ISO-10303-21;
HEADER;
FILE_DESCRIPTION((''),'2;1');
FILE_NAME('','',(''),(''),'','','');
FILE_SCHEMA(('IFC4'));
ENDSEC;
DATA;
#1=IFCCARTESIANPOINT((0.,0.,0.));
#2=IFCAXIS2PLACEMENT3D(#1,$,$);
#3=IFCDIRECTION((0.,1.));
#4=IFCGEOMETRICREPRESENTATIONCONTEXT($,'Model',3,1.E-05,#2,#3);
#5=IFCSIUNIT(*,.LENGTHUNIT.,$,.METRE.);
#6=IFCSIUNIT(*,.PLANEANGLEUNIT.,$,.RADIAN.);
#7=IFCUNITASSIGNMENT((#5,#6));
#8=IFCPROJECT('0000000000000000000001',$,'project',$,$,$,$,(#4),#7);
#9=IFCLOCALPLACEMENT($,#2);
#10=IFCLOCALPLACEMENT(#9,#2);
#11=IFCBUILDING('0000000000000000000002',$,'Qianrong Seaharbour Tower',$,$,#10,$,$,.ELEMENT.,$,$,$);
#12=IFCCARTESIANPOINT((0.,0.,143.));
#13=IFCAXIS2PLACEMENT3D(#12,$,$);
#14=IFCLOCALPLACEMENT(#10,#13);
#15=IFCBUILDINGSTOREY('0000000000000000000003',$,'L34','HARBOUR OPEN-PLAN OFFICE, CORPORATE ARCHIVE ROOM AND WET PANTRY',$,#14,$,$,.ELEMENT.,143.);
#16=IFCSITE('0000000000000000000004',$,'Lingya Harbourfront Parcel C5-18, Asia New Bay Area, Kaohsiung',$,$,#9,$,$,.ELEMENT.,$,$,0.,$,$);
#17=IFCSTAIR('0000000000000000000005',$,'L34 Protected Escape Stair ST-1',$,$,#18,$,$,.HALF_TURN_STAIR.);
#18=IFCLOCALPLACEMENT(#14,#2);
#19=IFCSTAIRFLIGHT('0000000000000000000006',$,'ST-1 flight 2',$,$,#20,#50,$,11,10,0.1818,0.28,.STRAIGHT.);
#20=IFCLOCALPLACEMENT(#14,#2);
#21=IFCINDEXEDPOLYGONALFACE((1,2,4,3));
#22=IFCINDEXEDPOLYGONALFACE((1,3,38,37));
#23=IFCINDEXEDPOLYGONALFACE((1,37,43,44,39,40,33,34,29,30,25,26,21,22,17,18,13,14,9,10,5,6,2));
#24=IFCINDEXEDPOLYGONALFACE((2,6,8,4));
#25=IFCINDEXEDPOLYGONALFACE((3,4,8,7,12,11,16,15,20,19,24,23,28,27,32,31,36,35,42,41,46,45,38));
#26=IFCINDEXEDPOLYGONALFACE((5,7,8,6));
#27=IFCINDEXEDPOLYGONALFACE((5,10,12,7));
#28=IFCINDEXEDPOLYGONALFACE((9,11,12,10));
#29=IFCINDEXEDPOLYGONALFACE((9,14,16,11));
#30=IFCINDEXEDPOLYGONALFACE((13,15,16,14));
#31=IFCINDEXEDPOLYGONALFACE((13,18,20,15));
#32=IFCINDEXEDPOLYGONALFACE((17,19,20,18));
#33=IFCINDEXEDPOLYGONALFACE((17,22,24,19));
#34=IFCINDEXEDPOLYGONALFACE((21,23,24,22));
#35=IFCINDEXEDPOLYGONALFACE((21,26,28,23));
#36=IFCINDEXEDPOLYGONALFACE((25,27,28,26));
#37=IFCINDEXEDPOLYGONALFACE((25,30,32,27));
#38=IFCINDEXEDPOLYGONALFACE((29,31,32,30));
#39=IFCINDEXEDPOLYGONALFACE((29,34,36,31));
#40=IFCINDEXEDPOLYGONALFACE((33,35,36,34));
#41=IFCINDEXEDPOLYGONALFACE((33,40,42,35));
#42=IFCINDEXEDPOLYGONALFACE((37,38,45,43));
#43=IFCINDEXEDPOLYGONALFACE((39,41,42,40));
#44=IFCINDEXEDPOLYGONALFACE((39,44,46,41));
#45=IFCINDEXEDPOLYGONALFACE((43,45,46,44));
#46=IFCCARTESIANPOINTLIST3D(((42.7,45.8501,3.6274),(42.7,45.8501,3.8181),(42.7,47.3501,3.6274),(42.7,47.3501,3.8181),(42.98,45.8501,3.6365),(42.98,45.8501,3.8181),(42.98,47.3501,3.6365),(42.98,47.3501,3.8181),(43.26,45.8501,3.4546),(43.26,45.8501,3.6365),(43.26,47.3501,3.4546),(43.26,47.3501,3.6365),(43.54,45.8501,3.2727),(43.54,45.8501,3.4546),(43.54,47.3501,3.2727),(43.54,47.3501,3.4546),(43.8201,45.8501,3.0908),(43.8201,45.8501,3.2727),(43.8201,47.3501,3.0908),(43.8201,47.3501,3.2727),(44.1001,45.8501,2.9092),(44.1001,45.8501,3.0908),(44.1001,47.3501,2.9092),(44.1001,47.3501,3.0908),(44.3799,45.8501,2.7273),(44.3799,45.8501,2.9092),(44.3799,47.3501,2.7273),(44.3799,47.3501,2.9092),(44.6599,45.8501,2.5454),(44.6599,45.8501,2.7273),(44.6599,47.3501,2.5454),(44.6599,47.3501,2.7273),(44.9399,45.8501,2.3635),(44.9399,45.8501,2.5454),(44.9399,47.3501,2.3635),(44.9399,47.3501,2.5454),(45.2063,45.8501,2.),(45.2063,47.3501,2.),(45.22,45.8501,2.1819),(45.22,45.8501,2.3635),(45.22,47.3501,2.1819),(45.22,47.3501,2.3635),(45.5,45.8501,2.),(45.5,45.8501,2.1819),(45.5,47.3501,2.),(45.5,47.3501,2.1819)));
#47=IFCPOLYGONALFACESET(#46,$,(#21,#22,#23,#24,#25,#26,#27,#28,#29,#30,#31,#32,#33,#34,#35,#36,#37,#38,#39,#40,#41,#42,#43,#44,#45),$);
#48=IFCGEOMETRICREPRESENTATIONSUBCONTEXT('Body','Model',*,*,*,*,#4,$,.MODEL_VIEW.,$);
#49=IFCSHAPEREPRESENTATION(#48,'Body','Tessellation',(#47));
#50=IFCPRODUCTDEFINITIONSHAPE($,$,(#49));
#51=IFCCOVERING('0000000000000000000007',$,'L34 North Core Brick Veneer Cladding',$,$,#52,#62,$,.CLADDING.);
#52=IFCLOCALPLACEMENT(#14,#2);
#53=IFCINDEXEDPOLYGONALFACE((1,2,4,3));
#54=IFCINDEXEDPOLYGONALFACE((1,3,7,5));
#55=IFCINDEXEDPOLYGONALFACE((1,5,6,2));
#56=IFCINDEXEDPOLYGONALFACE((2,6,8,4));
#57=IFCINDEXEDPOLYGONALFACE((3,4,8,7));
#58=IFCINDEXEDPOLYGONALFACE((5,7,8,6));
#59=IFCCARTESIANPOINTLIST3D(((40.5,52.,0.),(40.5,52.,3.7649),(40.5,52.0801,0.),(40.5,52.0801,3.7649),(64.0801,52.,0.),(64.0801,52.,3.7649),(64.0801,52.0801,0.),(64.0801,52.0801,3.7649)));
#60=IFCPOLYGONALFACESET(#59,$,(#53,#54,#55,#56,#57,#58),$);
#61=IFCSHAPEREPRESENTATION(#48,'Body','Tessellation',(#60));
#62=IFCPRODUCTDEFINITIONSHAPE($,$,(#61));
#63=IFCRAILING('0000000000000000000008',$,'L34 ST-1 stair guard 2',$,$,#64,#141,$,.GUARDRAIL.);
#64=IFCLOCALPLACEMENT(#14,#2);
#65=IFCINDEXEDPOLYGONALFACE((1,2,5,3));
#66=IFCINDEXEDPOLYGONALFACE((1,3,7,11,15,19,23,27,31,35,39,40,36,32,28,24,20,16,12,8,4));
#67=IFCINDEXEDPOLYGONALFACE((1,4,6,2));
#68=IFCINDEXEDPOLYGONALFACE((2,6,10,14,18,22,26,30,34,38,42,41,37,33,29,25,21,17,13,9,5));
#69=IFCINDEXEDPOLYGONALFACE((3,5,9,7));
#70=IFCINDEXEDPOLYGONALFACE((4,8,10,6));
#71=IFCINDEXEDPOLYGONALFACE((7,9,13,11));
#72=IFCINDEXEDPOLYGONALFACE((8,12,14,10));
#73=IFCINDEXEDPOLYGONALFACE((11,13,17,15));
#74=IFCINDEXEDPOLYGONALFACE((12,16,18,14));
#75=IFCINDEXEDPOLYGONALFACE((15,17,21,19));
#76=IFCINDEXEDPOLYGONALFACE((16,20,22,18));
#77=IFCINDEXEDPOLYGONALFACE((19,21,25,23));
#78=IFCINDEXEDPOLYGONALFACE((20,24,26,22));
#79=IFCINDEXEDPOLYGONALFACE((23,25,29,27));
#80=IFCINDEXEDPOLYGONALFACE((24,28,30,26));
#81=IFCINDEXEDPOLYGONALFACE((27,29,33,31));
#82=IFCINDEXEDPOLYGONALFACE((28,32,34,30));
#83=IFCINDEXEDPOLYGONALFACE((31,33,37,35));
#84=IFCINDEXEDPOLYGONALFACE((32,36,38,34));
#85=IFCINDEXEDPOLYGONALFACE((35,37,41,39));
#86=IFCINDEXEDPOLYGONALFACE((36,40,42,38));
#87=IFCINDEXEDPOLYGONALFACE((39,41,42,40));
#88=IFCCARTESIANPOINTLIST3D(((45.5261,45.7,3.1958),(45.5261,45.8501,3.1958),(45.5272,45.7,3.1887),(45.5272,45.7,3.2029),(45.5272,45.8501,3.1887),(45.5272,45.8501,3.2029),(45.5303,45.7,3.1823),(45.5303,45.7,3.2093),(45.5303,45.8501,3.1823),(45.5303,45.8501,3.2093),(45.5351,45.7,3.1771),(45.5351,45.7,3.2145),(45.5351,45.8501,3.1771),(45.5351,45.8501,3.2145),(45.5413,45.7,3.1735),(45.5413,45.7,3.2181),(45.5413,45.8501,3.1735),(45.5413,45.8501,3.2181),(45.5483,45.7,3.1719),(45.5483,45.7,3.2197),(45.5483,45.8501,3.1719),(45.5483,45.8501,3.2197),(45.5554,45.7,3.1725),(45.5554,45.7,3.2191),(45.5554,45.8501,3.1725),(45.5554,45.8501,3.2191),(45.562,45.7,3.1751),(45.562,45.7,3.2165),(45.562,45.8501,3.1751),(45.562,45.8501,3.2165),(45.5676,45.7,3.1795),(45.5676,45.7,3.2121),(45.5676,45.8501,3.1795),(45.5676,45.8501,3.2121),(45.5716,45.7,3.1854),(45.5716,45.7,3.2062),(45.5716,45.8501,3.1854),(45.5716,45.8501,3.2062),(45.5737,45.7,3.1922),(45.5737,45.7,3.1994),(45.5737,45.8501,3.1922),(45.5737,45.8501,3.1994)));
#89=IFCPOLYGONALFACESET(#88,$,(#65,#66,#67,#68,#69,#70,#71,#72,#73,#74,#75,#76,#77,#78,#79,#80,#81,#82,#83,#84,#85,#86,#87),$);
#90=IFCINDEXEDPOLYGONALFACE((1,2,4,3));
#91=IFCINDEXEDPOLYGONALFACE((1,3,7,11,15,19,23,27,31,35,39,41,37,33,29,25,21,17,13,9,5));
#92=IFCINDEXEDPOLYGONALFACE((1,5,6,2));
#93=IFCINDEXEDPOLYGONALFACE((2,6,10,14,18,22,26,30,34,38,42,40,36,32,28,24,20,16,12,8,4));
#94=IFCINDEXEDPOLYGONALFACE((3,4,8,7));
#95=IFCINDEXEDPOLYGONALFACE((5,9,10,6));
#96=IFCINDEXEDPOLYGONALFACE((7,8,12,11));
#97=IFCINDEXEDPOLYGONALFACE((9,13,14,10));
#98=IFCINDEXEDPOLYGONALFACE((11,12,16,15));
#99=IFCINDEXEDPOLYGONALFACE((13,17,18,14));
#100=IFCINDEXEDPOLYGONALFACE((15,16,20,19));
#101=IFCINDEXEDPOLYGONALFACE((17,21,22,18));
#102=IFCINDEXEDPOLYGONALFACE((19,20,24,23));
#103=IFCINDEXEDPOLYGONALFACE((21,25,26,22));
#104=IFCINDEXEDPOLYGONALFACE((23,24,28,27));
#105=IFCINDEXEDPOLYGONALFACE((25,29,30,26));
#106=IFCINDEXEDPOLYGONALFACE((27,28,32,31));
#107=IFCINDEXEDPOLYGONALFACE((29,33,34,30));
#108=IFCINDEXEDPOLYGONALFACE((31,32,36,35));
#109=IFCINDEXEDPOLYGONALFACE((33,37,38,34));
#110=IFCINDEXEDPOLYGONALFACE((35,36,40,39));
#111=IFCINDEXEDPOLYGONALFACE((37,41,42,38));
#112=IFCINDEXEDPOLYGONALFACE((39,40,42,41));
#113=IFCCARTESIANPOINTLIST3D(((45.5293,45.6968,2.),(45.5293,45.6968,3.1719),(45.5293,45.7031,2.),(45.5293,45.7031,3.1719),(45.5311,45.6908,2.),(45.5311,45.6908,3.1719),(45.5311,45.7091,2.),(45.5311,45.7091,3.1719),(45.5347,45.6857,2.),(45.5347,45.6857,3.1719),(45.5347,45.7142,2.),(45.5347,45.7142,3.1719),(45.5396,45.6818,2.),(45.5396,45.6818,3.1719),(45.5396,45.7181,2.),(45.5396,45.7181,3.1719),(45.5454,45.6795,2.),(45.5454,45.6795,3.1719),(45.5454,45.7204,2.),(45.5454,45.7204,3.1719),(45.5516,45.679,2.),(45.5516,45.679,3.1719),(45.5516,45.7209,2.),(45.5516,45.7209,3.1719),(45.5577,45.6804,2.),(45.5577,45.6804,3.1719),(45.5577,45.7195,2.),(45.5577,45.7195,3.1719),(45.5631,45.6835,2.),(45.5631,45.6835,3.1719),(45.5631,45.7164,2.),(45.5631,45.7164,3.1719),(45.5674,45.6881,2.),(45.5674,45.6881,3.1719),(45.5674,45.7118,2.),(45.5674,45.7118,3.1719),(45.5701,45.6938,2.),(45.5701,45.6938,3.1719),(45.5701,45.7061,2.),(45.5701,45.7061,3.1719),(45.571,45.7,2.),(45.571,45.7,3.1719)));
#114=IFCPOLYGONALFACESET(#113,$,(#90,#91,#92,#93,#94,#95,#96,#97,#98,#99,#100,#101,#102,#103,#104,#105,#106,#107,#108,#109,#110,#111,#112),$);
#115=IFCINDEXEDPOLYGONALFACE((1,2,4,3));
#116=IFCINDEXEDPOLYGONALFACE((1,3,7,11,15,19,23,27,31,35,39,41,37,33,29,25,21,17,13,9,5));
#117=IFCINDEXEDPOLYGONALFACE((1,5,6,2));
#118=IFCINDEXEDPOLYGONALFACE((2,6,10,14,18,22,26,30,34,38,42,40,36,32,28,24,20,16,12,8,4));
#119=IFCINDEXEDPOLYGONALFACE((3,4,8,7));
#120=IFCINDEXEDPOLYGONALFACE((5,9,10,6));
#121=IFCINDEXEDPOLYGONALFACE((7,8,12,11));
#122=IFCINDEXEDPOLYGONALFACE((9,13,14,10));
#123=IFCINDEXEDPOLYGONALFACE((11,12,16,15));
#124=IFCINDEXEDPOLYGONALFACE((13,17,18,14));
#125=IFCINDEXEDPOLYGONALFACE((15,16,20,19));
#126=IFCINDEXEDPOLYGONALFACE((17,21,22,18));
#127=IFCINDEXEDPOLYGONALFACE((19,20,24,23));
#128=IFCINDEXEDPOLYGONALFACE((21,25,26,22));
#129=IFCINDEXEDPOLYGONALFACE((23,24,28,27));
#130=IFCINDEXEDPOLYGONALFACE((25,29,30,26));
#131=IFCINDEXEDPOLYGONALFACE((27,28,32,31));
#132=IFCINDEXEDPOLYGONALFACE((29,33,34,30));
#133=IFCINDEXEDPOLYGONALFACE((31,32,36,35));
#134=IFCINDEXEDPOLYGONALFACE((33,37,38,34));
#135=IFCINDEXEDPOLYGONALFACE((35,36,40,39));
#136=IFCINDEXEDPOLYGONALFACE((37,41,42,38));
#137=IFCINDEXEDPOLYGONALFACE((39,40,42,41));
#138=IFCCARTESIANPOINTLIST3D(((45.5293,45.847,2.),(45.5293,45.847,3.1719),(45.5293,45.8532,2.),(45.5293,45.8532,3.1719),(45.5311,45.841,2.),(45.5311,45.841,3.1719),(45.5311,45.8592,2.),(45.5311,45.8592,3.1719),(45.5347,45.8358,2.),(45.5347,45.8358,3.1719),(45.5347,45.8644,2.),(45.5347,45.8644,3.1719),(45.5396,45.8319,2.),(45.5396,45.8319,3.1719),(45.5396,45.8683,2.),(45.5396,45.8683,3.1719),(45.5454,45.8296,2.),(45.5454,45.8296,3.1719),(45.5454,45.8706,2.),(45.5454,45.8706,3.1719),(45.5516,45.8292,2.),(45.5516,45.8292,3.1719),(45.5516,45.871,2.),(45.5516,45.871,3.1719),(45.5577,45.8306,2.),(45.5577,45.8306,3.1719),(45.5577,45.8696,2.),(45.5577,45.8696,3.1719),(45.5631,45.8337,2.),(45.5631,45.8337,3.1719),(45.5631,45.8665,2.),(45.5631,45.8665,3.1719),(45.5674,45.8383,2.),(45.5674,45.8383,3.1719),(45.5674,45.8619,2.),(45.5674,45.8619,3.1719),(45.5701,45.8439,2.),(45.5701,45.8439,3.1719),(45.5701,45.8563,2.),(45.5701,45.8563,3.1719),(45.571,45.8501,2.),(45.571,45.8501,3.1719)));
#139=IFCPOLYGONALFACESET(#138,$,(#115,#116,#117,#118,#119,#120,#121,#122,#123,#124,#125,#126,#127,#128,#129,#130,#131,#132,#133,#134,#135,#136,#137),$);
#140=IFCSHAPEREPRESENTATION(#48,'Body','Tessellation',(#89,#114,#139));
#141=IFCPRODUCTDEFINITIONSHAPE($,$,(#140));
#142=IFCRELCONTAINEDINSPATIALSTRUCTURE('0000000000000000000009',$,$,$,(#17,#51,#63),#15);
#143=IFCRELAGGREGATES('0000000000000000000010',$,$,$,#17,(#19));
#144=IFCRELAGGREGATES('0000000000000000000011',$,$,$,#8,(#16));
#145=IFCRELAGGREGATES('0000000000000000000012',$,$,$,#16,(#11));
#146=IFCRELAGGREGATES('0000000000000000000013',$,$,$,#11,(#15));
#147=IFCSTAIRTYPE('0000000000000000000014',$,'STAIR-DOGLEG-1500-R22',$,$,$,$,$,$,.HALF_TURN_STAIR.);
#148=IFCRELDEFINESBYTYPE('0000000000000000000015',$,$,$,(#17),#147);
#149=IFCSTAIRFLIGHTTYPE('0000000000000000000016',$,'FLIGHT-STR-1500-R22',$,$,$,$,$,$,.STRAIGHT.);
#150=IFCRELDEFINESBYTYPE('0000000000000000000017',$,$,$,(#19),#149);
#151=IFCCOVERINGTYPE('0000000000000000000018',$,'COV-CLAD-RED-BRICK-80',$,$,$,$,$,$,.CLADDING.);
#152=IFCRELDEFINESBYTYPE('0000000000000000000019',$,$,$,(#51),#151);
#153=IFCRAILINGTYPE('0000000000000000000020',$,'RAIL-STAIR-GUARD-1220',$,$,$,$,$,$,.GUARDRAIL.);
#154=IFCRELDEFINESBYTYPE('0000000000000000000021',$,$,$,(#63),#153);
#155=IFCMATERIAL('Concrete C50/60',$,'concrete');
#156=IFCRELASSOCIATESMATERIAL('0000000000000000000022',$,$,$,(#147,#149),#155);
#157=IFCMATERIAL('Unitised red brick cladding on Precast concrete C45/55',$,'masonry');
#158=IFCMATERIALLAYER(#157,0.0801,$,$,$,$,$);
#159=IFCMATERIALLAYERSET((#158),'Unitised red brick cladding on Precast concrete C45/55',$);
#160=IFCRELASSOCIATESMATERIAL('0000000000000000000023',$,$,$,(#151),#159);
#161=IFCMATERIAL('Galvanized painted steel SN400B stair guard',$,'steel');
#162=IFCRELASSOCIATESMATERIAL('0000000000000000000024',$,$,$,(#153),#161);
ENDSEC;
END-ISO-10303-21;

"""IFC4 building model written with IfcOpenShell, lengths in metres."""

from ifc_helpers import new_model, si_unit, direction, frame, origin, origin_2d, place, context, subcontext, project, spatial, polyline, rectangle, circle, outline, extrude, material, layer, layer_set, type_object, element, aggregate, save


model = new_model("IFC4")

# Units and contexts
model_context = context("Model", 3, precision=1e-05, world=origin(), true_north=direction((0.0, 1.0)))
body_context = subcontext(model_context, "Body", "Model", "MODEL_VIEW")
ifc_project = project(units=[si_unit("LENGTHUNIT", "METRE"), si_unit("PLANEANGLEUNIT", "RADIAN")], contexts=[model_context])

# Site, building, storey
site_placement = place(None, origin())
site = spatial("IfcSite", under=ifc_project, at=site_placement, Name="Lingya Harbourfront Parcel C5-18, Asia New Bay Area, Kaohsiung", CompositionType="ELEMENT", RefElevation=0.0)
building_placement = place(site_placement, origin())
building = spatial("IfcBuilding", under=site, at=building_placement, Name="Qianrong Seaharbour Tower", CompositionType="ELEMENT")
storey_placement = place(building_placement, frame((0.0, 0.0, 143.0)))
storey = spatial("IfcBuildingStorey", under=building, at=storey_placement, Name="L34", Description="HARBOUR OPEN-PLAN OFFICE, CORPORATE ARCHIVE ROOM AND WET PANTRY", CompositionType="ELEMENT", Elevation=143.0)

# Stair, stair flight
ifc_material_1 = material(Name="Concrete C50/60", Category="concrete")
stair_type = type_object("IfcStairType", Name="STAIR-DOGLEG-1500-R22", PredefinedType="HALF_TURN_STAIR", material=ifc_material_1)
stair_placement = place(storey_placement, origin())
stair = element("IfcStair", 1, at=stair_placement, inside=storey, type_object=stair_type, Name="L34 Protected Escape Stair ST-1", PredefinedType="HALF_TURN_STAIR")
stair_flight_type = type_object("IfcStairFlightType", Name="FLIGHT-STR-1500-R22", PredefinedType="STRAIGHT", material=ifc_material_1)
stair_flight_placement = place(storey_placement, frame((45.5, 46.6001, 2.0), z_axis=(0.0, 0.0, 1.0), x_axis=(-1.0, 0.0, 0.0)))
stair_flight = element("IfcStairFlight", 2, at=stair_flight_placement, type_object=stair_flight_type, Name="ST-1 flight 2", NumberOfRisers=11, NumberOfTreads=10, PredefinedType="STRAIGHT", RiserHeight=0.1818, TreadLength=0.28, context=body_context, shape_type="SweptSolid", body=[
    extrude(outline(polyline([(0.0, 0.0), (0.0, 0.1819), (0.28, 0.1819), (0.28, 0.3635), (0.5601, 0.3635), (0.5601, 0.5454), (0.8401, 0.5454), (0.8401, 0.7273), (1.1201, 0.7273), (1.1201, 0.9092), (1.3999, 0.9092), (1.3999, 1.0908), (1.6799, 1.0908), (1.6799, 1.2727), (1.96, 1.2727), (1.96, 1.4546), (2.24, 1.4546), (2.24, 1.6365), (2.52, 1.6365), (2.52, 1.8181), (2.8, 1.8181), (2.8, 2.0), (2.8, 1.6274), (0.2937, 0.0), (0.0, 0.0)])), frame((0.0, 0.75, 0.0), z_axis=(0.0, -1.0, 0.0), x_axis=(1.0, 0.0, 0.0)), (0.0, 0.0, 1.0), 1.5),
])
aggregate(stair, [stair_flight])

# Covering
ifc_material_2 = material(Name="Unitised red brick cladding on Precast concrete C45/55", Category="masonry")
ifc_layer_1 = layer(ifc_material_2, 0.0801)
ifc_layer_set_1 = layer_set([ifc_layer_1], Name="Unitised red brick cladding on Precast concrete C45/55")
covering_type = type_object("IfcCoveringType", Name="COV-CLAD-RED-BRICK-80", PredefinedType="CLADDING", material=ifc_layer_set_1)
covering_placement = place(storey_placement, frame((52.29, 52.04, 0.0), z_axis=(0.0, 0.0, 1.0), x_axis=(1.0, 0.0, 0.0)))
element("IfcCovering", 3, at=covering_placement, inside=storey, type_object=covering_type, Name="L34 North Core Brick Veneer Cladding", PredefinedType="CLADDING", context=body_context, shape_type="SweptSolid", body=[
    extrude(rectangle(XDim=23.5801, YDim=0.0801, at=origin_2d()), origin(), (0.0, 0.0, 1.0), 3.7649),
])

# Railing
ifc_material_3 = material(Name="Galvanized painted steel SN400B stair guard", Category="steel")
railing_type_1 = type_object("IfcRailingType", Name="RAIL-STAIR-GUARD-1220", PredefinedType="GUARDRAIL", material=ifc_material_3)
railing_1_placement = place(storey_placement, frame((45.55, 45.7, 2.0)))
element("IfcRailing", 4, at=railing_1_placement, inside=storey, type_object=railing_type_1, Name="L34 ST-1 stair guard 2", PredefinedType="GUARDRAIL", context=body_context, shape_type="SweptSolid", body=[
    extrude(circle(Radius=0.0239, at=origin_2d()), frame((0.0, 0.0, 1.1958), z_axis=(0.0, 1.0, 0.0), x_axis=(-1.0, 0.0, 0.0)), (0.0, 0.0, 1.0), 0.1501),
    extrude(circle(Radius=0.021, at=origin_2d()), origin(), (0.0, 0.0, 1.0), 1.1719),
    extrude(circle(Radius=0.021, at=origin_2d()), frame((0.0, 0.1501, 0.0)), (0.0, 0.0, 1.0), 1.1719),
])

save(model, "model.ifc")
